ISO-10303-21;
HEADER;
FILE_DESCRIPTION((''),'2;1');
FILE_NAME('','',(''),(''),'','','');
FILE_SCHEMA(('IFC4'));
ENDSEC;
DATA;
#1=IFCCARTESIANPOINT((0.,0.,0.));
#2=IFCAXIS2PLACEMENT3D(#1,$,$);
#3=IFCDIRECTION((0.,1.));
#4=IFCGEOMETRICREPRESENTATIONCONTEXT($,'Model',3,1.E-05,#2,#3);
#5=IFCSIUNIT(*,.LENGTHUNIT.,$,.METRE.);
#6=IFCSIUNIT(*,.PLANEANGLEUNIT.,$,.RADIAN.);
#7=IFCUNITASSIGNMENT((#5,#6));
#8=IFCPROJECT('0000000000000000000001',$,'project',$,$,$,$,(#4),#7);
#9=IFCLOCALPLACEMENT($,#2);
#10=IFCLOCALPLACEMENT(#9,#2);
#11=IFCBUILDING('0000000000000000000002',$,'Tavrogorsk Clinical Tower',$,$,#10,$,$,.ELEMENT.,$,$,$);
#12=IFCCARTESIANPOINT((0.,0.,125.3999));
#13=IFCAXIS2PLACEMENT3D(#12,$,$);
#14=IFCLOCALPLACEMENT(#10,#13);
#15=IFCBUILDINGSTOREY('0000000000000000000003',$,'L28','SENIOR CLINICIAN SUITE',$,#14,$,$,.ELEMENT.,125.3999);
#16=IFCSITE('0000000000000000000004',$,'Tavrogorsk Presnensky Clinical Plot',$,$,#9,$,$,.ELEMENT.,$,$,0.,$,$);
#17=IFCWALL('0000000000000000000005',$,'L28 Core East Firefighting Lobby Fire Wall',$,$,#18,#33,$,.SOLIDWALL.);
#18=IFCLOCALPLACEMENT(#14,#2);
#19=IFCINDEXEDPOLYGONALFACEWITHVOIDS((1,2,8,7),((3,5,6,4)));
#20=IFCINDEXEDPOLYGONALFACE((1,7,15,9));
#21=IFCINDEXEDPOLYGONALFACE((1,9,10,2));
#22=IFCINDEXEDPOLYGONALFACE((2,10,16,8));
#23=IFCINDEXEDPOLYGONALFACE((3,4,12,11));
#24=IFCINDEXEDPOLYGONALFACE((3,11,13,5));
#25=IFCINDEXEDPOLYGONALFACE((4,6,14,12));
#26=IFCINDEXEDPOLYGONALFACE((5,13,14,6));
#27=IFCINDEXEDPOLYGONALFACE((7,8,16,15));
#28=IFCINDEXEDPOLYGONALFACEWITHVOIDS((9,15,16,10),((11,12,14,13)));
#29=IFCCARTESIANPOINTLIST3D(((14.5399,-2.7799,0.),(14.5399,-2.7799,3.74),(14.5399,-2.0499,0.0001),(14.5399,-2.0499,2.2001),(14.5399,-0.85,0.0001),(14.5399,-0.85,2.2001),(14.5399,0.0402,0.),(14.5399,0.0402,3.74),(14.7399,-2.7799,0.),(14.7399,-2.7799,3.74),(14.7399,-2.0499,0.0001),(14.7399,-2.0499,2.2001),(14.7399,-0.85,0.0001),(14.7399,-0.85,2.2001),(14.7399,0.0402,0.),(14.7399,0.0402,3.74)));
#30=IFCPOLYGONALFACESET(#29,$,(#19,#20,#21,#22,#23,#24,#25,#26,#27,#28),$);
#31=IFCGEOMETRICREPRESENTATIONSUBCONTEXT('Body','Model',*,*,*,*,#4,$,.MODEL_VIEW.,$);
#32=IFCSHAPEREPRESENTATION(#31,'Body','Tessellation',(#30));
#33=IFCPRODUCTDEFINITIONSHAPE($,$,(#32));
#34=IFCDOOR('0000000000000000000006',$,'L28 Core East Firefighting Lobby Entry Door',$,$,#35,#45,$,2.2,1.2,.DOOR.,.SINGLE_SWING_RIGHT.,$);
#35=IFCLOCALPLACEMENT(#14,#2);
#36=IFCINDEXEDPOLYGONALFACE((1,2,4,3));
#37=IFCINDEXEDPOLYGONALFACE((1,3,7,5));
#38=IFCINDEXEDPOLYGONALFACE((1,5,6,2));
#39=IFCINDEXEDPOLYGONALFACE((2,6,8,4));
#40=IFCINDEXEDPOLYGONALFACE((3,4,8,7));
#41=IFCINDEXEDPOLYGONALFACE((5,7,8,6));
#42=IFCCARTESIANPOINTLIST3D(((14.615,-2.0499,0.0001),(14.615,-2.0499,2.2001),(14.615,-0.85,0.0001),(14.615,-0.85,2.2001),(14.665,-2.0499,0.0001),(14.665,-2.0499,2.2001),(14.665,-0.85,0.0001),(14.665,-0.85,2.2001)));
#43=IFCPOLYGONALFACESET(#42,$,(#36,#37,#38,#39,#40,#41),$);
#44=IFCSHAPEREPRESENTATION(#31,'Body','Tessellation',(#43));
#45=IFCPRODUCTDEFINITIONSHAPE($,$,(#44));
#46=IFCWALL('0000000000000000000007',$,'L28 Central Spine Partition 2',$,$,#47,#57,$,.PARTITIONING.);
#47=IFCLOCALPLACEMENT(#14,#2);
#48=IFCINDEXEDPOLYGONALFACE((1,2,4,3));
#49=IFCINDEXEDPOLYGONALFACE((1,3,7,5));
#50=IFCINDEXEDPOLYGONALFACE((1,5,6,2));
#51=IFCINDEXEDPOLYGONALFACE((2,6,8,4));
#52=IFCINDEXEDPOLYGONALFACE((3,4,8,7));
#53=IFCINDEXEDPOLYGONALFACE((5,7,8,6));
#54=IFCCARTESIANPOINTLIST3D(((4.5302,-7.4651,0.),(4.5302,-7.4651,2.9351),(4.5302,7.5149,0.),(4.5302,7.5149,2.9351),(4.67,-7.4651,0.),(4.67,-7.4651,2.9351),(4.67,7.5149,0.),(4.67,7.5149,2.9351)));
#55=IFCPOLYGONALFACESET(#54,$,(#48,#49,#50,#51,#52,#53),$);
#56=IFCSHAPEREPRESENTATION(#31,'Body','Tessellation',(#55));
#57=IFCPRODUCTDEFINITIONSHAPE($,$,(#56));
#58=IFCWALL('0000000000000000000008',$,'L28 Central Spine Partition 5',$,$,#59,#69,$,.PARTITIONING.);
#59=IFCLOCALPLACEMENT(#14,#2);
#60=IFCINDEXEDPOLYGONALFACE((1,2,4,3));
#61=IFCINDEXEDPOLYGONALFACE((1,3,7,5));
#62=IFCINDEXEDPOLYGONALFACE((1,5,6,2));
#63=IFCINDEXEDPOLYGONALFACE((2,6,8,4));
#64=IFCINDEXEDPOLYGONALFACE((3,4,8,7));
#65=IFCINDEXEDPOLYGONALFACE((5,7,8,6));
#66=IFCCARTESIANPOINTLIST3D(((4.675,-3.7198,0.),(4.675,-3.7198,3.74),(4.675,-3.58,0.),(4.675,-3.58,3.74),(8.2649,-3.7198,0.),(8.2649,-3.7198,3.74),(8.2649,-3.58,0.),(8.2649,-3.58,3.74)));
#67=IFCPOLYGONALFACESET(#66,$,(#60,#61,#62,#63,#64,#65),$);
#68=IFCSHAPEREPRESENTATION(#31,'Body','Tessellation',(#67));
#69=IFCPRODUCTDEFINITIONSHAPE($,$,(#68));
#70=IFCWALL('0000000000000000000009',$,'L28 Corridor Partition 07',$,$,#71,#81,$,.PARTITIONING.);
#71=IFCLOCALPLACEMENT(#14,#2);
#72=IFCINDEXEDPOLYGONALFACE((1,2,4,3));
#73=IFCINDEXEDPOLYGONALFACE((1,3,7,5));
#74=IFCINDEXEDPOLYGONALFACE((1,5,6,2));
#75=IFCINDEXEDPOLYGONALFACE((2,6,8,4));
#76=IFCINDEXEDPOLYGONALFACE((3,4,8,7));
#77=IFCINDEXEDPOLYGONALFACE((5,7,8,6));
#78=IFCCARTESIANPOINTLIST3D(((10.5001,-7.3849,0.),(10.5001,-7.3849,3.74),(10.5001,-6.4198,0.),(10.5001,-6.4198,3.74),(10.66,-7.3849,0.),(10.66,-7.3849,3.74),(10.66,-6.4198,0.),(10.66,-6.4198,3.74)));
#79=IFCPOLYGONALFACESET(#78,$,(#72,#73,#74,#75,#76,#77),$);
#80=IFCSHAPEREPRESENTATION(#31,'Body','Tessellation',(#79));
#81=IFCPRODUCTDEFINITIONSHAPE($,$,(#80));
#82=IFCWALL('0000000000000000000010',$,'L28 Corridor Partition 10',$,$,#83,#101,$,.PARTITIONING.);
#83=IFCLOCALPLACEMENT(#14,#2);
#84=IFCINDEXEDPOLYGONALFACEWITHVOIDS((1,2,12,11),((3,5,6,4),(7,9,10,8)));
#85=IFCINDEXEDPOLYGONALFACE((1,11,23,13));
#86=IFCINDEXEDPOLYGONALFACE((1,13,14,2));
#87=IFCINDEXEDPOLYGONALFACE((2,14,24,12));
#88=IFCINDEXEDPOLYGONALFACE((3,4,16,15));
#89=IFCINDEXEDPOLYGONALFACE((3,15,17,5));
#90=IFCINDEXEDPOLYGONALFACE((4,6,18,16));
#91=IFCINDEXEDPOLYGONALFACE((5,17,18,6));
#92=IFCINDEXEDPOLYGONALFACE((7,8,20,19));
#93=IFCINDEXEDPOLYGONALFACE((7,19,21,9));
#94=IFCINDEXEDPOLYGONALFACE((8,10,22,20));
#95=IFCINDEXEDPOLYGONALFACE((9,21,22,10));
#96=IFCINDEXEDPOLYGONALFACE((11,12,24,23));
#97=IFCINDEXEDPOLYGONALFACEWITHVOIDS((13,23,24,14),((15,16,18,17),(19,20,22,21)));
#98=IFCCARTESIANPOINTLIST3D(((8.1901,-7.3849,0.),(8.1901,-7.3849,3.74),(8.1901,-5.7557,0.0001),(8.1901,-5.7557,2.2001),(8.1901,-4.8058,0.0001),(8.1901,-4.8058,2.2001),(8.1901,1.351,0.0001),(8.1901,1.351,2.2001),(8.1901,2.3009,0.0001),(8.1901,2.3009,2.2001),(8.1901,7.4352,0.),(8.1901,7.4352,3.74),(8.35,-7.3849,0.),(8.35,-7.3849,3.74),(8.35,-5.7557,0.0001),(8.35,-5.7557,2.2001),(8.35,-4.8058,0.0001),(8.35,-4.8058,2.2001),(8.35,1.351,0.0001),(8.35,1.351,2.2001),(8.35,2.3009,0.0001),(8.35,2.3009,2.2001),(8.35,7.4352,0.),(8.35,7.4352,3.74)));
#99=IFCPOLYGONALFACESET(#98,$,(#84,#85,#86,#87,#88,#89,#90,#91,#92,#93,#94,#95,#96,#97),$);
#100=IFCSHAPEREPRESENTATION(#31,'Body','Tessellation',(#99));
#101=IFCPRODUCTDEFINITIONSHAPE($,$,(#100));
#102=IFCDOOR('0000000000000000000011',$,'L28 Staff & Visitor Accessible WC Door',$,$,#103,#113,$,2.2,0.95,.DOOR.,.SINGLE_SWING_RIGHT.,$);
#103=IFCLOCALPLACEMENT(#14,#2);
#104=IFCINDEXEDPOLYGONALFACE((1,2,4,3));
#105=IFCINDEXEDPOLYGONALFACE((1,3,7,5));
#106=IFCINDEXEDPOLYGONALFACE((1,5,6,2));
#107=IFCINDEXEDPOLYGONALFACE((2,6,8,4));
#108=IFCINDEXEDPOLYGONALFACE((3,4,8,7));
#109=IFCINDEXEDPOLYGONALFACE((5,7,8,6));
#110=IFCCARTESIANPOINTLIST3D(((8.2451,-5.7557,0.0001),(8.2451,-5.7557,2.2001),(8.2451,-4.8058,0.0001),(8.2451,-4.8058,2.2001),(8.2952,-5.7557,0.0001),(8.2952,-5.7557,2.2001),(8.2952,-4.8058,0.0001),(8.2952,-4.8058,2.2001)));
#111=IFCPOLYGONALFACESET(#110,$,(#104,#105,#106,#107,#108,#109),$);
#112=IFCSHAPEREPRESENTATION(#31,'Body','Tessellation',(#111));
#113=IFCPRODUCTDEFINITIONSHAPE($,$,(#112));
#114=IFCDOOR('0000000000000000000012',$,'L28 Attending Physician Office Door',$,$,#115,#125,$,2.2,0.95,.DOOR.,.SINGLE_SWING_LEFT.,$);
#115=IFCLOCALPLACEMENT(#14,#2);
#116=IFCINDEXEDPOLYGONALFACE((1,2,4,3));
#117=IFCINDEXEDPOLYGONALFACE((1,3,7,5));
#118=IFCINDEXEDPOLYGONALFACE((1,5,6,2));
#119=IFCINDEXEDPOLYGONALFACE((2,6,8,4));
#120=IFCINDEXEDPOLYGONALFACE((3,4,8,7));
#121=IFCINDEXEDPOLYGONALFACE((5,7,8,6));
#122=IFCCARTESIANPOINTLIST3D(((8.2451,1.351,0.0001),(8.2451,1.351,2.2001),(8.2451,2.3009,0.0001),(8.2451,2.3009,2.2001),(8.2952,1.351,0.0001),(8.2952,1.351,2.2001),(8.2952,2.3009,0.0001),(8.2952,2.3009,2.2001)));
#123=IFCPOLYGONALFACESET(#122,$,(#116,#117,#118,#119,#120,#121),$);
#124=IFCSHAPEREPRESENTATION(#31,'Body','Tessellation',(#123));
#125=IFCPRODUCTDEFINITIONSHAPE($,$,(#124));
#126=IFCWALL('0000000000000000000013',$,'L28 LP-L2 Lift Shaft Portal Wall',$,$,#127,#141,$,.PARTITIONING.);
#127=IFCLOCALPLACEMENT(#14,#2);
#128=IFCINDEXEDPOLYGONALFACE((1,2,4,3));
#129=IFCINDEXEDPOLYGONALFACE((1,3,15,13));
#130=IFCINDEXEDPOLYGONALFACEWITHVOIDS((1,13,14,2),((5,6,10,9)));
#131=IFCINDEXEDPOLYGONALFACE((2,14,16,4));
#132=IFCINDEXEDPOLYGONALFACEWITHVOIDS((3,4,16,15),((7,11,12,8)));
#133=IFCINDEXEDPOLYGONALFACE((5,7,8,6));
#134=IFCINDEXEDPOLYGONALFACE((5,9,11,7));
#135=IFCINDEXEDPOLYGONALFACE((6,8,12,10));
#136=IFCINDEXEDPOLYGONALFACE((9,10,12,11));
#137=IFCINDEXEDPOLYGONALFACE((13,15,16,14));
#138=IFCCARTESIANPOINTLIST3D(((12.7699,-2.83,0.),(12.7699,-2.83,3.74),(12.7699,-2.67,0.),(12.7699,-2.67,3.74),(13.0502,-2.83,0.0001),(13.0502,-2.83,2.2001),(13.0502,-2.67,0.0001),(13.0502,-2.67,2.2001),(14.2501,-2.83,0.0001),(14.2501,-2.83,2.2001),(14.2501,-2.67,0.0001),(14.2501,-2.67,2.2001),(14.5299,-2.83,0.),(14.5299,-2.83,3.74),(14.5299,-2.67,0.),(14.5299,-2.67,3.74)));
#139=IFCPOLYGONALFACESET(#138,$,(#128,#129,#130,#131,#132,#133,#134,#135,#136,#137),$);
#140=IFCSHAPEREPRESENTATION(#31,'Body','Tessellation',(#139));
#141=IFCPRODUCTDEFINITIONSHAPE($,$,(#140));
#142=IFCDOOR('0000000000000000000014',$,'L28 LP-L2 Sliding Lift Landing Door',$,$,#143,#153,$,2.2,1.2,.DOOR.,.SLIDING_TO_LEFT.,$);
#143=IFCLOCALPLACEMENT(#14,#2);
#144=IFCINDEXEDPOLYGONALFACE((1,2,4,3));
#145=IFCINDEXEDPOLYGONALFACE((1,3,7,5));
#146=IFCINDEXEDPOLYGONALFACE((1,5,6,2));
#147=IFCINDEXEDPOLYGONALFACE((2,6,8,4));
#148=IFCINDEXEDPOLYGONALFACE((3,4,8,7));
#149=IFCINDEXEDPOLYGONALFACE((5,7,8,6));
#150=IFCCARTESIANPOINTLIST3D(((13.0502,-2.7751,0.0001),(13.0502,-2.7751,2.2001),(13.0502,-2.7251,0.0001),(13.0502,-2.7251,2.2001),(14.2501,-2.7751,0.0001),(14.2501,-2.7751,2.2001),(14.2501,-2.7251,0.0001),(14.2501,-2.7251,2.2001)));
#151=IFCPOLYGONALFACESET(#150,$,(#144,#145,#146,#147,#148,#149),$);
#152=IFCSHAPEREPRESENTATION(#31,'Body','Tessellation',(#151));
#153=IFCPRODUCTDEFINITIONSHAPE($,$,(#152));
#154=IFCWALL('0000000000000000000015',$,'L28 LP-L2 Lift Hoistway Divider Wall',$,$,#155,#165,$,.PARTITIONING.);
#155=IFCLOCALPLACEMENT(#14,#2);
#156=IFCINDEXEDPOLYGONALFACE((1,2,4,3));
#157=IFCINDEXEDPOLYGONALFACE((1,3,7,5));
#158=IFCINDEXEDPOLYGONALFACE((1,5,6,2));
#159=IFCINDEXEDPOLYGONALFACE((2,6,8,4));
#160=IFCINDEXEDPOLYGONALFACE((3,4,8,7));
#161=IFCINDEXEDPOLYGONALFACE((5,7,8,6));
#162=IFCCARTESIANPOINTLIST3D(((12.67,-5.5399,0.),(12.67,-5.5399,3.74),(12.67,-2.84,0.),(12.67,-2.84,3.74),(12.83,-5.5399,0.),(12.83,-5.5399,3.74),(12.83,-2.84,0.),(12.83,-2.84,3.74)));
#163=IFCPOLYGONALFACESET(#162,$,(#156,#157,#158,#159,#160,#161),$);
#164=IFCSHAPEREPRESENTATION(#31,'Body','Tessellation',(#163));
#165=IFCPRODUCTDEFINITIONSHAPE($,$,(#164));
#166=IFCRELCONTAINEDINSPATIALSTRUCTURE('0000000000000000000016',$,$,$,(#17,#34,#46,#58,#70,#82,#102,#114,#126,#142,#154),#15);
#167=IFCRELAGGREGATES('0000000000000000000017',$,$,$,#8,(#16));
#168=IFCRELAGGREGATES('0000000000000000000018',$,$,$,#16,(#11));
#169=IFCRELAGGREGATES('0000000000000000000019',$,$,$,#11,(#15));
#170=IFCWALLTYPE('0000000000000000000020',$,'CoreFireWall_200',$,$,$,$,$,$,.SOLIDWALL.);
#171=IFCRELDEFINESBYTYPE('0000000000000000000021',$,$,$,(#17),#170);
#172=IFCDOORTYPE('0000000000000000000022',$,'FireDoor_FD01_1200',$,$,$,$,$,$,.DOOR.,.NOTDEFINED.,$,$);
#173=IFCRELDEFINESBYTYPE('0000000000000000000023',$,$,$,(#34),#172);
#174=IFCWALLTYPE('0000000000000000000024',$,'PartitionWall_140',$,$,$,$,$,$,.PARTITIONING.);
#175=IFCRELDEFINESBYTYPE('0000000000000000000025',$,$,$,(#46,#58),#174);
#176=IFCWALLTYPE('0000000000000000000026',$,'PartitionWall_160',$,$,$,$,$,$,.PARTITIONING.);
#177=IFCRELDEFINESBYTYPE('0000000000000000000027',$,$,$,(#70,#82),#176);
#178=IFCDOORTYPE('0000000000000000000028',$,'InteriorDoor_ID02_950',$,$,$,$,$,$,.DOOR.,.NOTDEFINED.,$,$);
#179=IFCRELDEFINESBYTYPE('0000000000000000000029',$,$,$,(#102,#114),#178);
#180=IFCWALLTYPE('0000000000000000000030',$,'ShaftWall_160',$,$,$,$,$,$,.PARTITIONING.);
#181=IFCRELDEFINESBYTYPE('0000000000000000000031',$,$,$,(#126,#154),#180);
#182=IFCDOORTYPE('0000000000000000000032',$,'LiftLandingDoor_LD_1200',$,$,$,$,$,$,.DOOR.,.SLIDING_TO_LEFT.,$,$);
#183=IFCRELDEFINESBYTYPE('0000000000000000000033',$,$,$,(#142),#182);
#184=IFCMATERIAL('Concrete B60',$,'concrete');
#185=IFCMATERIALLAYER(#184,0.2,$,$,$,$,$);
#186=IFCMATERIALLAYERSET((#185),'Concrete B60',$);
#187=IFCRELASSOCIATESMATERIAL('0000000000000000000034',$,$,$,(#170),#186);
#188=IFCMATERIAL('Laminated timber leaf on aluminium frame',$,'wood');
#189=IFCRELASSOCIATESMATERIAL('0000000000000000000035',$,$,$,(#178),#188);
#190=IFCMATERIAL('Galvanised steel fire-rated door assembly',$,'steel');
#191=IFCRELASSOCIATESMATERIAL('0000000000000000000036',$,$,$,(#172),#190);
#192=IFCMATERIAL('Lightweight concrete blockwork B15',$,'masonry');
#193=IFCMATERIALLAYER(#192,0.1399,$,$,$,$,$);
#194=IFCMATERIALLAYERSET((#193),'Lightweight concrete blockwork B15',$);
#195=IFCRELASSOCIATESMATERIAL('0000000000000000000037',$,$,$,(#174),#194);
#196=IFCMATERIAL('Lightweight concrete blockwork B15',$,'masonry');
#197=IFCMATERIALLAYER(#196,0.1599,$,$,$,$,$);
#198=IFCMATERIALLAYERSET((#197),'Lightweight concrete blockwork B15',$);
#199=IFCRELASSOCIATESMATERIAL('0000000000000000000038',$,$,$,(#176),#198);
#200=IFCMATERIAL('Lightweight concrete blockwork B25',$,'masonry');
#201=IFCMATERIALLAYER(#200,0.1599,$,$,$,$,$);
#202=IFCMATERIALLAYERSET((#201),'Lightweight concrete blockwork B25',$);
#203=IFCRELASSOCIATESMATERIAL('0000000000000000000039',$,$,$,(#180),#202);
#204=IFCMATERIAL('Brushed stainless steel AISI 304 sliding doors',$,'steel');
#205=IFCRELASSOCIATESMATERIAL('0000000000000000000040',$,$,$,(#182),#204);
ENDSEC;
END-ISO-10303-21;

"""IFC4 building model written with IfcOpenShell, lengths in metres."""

from ifc_helpers import new_model, si_unit, direction, frame, frame_2d, origin, place, context, subcontext, project, spatial, rectangle, extrude, material, layer, layer_set, type_object, element, fill, save


model = new_model("IFC4")

# Units and contexts
model_context = context("Model", 3, precision=1e-05, world=origin(), true_north=direction((0.0, 1.0)))
body_context = subcontext(model_context, "Body", "Model", "MODEL_VIEW")
ifc_project = project(units=[si_unit("LENGTHUNIT", "METRE"), si_unit("PLANEANGLEUNIT", "RADIAN")], contexts=[model_context])

# Site, building, storey
site_placement = place(None, origin())
site = spatial("IfcSite", under=ifc_project, at=site_placement, Name="Tavrogorsk Presnensky Clinical Plot", CompositionType="ELEMENT", RefElevation=0.0)
building_placement = place(site_placement, origin())
building = spatial("IfcBuilding", under=site, at=building_placement, Name="Tavrogorsk Clinical Tower", CompositionType="ELEMENT")
storey_placement = place(building_placement, frame((0.0, 0.0, 125.3999)))
storey = spatial("IfcBuildingStorey", under=building, at=storey_placement, Name="L28", Description="SENIOR CLINICIAN SUITE", CompositionType="ELEMENT", Elevation=125.3999)

# Wall, opening, door
ifc_material_1 = material(Name="Concrete B60", Category="concrete")
ifc_layer_1 = layer(ifc_material_1, 0.2)
ifc_layer_set_1 = layer_set([ifc_layer_1], Name="Concrete B60")
wall_type_1 = type_object("IfcWallType", Name="CoreFireWall_200", PredefinedType="SOLIDWALL", material=ifc_layer_set_1)
ifc_material_2 = material(Name="Laminated timber leaf on aluminium frame", Category="wood")
door_type_1 = type_object("IfcDoorType", Name="InteriorDoor_ID02_950", OperationType="NOTDEFINED", PredefinedType="DOOR", material=ifc_material_2)
wall_1_placement = place(storey_placement, frame((14.6399, -2.78, 0.0), z_axis=(0.0, 0.0, 1.0), x_axis=(0.0, 1.0, 0.0)))
wall_1 = element("IfcWall", 1, at=wall_1_placement, inside=storey, type_object=wall_type_1, Name="L28 Core East Firefighting Lobby Fire Wall", PredefinedType="SOLIDWALL", context=body_context, shape_type="SweptSolid", body=[
    extrude(rectangle(XDim=2.8201, YDim=0.2, at=frame_2d((1.4102, 0.0))), origin(), (0.0, 0.0, 1.0), 3.74),
])
opening_1_placement = place(wall_1_placement, frame((0.73, 0.0, 0.0)))
opening_1 = element("IfcOpeningElement", 2, at=opening_1_placement, cuts=wall_1, PredefinedType="OPENING", context=body_context, shape_type="SweptSolid", body=[
    extrude(rectangle(XDim=1.2, YDim=2.2, at=frame_2d((0.6001, 1.1001))), frame((0.0, 0.1099, 0.0), z_axis=(0.0, -1.0, 0.0), x_axis=(1.0, 0.0, 0.0)), (0.0, 0.0, 1.0), 0.22),
])
ifc_material_3 = material(Name="Galvanised steel fire-rated door assembly", Category="steel")
door_type_2 = type_object("IfcDoorType", Name="FireDoor_FD01_1200", OperationType="NOTDEFINED", PredefinedType="DOOR", material=ifc_material_3)
door_1_placement = place(opening_1_placement, origin())
door_1 = element("IfcDoor", 3, at=door_1_placement, inside=storey, type_object=door_type_2, Name="L28 Core East Firefighting Lobby Entry Door", OperationType="SINGLE_SWING_RIGHT", OverallHeight=2.2, OverallWidth=1.2, PredefinedType="DOOR", context=body_context, shape_type="SweptSolid", body=[
    extrude(rectangle(XDim=1.2, YDim=2.2, at=frame_2d((0.6001, 1.1001))), frame((0.0, 0.0249, 0.0), z_axis=(0.0, -1.0, 0.0), x_axis=(1.0, 0.0, 0.0)), (0.0, 0.0, 1.0), 0.05),
])
fill(opening_1, door_1)

# Walls
ifc_material_4 = material(Name="Lightweight concrete blockwork B15", Category="masonry")
ifc_layer_2 = layer(ifc_material_4, 0.1399)
ifc_layer_set_2 = layer_set([ifc_layer_2], Name="Lightweight concrete blockwork B15")
wall_type_2 = type_object("IfcWallType", Name="PartitionWall_140", PredefinedType="PARTITIONING", material=ifc_layer_set_2)
wall_2_placement = place(storey_placement, frame((4.6001, -7.4651, 0.0), z_axis=(0.0, 0.0, 1.0), x_axis=(0.0, 1.0, 0.0)))
element("IfcWall", 4, at=wall_2_placement, inside=storey, type_object=wall_type_2, Name="L28 Central Spine Partition 2", PredefinedType="PARTITIONING", context=body_context, shape_type="SweptSolid", body=[
    extrude(rectangle(XDim=14.98, YDim=0.1399, at=frame_2d((7.49, 0.0))), origin(), (0.0, 0.0, 1.0), 2.9351),
])
wall_3_placement = place(storey_placement, frame((4.675, -3.6499, 0.0), z_axis=(0.0, 0.0, 1.0), x_axis=(1.0, 0.0, 0.0)))
element("IfcWall", 5, at=wall_3_placement, inside=storey, type_object=wall_type_2, Name="L28 Central Spine Partition 5", PredefinedType="PARTITIONING", context=body_context, shape_type="SweptSolid", body=[
    extrude(rectangle(XDim=3.5898, YDim=0.1399, at=frame_2d((1.7949, 0.0))), origin(), (0.0, 0.0, 1.0), 3.74),
])
ifc_material_5 = material(Name="Lightweight concrete blockwork B15", Category="masonry")
ifc_layer_3 = layer(ifc_material_5, 0.1599)
ifc_layer_set_3 = layer_set([ifc_layer_3], Name="Lightweight concrete blockwork B15")
wall_type_3 = type_object("IfcWallType", Name="PartitionWall_160", PredefinedType="PARTITIONING", material=ifc_layer_set_3)
wall_4_placement = place(storey_placement, frame((10.5801, -6.4199, 0.0), z_axis=(0.0, 0.0, 1.0), x_axis=(0.0, -1.0, 0.0)))
element("IfcWall", 6, at=wall_4_placement, inside=storey, type_object=wall_type_3, Name="L28 Corridor Partition 07", PredefinedType="PARTITIONING", context=body_context, shape_type="SweptSolid", body=[
    extrude(rectangle(XDim=0.9651, YDim=0.1599, at=frame_2d((0.4824, 0.0))), origin(), (0.0, 0.0, 1.0), 3.74),
])

# Wall, openings, doors
wall_5_placement = place(storey_placement, frame((8.27, -7.385, 0.0), z_axis=(0.0, 0.0, 1.0), x_axis=(0.0, 1.0, 0.0)))
wall_5 = element("IfcWall", 7, at=wall_5_placement, inside=storey, type_object=wall_type_3, Name="L28 Corridor Partition 10", PredefinedType="PARTITIONING", context=body_context, shape_type="SweptSolid", body=[
    extrude(rectangle(XDim=14.8201, YDim=0.1599, at=frame_2d((7.4102, 0.0))), origin(), (0.0, 0.0, 1.0), 3.74),
])
opening_2_placement = place(wall_5_placement, frame((1.6292, 0.0, 0.0)))
opening_2 = element("IfcOpeningElement", 8, at=opening_2_placement, cuts=wall_5, PredefinedType="OPENING", context=body_context, shape_type="SweptSolid", body=[
    extrude(rectangle(XDim=0.95, YDim=2.2, at=frame_2d((0.4751, 1.1001))), frame((0.0, 0.0898, 0.0), z_axis=(0.0, -1.0, 0.0), x_axis=(1.0, 0.0, 0.0)), (0.0, 0.0, 1.0), 0.1799),
])
opening_3_placement = place(wall_5_placement, frame((8.7358, 0.0, 0.0)))
opening_3 = element("IfcOpeningElement", 9, at=opening_3_placement, cuts=wall_5, PredefinedType="OPENING", context=body_context, shape_type="SweptSolid", body=[
    extrude(rectangle(XDim=0.95, YDim=2.2, at=frame_2d((0.4751, 1.1001))), frame((0.0, 0.0898, 0.0), z_axis=(0.0, -1.0, 0.0), x_axis=(1.0, 0.0, 0.0)), (0.0, 0.0, 1.0), 0.1799),
])
door_2_placement = place(opening_2_placement, origin())
door_2 = element("IfcDoor", 10, at=door_2_placement, inside=storey, type_object=door_type_1, Name="L28 Staff & Visitor Accessible WC Door", OperationType="SINGLE_SWING_RIGHT", OverallHeight=2.2, OverallWidth=0.95, PredefinedType="DOOR", context=body_context, shape_type="SweptSolid", body=[
    extrude(rectangle(XDim=0.95, YDim=2.2, at=frame_2d((0.4751, 1.1001))), frame((0.0, 0.0249, 0.0), z_axis=(0.0, -1.0, 0.0), x_axis=(1.0, 0.0, 0.0)), (0.0, 0.0, 1.0), 0.05),
])
fill(opening_2, door_2)
door_3_placement = place(opening_3_placement, origin())
door_3 = element("IfcDoor", 11, at=door_3_placement, inside=storey, type_object=door_type_1, Name="L28 Attending Physician Office Door", OperationType="SINGLE_SWING_LEFT", OverallHeight=2.2, OverallWidth=0.95, PredefinedType="DOOR", context=body_context, shape_type="SweptSolid", body=[
    extrude(rectangle(XDim=0.95, YDim=2.2, at=frame_2d((0.4751, 1.1001))), frame((0.0, 0.0249, 0.0), z_axis=(0.0, -1.0, 0.0), x_axis=(1.0, 0.0, 0.0)), (0.0, 0.0, 1.0), 0.05),
])
fill(opening_3, door_3)

# Wall, opening, door
ifc_material_6 = material(Name="Lightweight concrete blockwork B25", Category="masonry")
ifc_layer_4 = layer(ifc_material_6, 0.1599)
ifc_layer_set_4 = layer_set([ifc_layer_4], Name="Lightweight concrete blockwork B25")
wall_type_4 = type_object("IfcWallType", Name="ShaftWall_160", PredefinedType="PARTITIONING", material=ifc_layer_set_4)
wall_6_placement = place(storey_placement, frame((12.77, -2.75, 0.0), z_axis=(0.0, 0.0, 1.0), x_axis=(1.0, 0.0, 0.0)))
wall_6 = element("IfcWall", 12, at=wall_6_placement, inside=storey, type_object=wall_type_4, Name="L28 LP-L2 Lift Shaft Portal Wall", PredefinedType="PARTITIONING", context=body_context, shape_type="SweptSolid", body=[
    extrude(rectangle(XDim=1.76, YDim=0.1599, at=frame_2d((0.8799, 0.0))), origin(), (0.0, 0.0, 1.0), 3.74),
])
opening_4_placement = place(wall_6_placement, frame((0.28, 0.0, 0.0)))
opening_4 = element("IfcOpeningElement", 13, at=opening_4_placement, cuts=wall_6, PredefinedType="OPENING", context=body_context, shape_type="SweptSolid", body=[
    extrude(rectangle(XDim=1.2, YDim=2.2, at=frame_2d((0.6001, 1.1001))), frame((0.0, 0.0898, 0.0), z_axis=(0.0, -1.0, 0.0), x_axis=(1.0, 0.0, 0.0)), (0.0, 0.0, 1.0), 0.1799),
])
ifc_material_7 = material(Name="Brushed stainless steel AISI 304 sliding doors", Category="steel")
door_type_3 = type_object("IfcDoorType", Name="LiftLandingDoor_LD_1200", OperationType="SLIDING_TO_LEFT", PredefinedType="DOOR", material=ifc_material_7)
door_4_placement = place(opening_4_placement, origin())
door_4 = element("IfcDoor", 14, at=door_4_placement, inside=storey, type_object=door_type_3, Name="L28 LP-L2 Sliding Lift Landing Door", OperationType="SLIDING_TO_LEFT", OverallHeight=2.2, OverallWidth=1.2, PredefinedType="DOOR", context=body_context, shape_type="SweptSolid", body=[
    extrude(rectangle(XDim=1.2, YDim=2.2, at=frame_2d((0.6001, 1.1001))), frame((0.0, 0.0249, 0.0), z_axis=(0.0, -1.0, 0.0), x_axis=(1.0, 0.0, 0.0)), (0.0, 0.0, 1.0), 0.05),
])
fill(opening_4, door_4)

# Wall
for number, where, z_axis, x_axis, name in (
    (15, (12.75, -5.54, 0.0), (0.0, 0.0, 1.0), (0.0, 1.0, 0.0), "L28 LP-L2 Lift Hoistway Divider Wall"),
):
    element("IfcWall", number, at=place(storey_placement, frame(where, z_axis=z_axis, x_axis=x_axis)), inside=storey, type_object=wall_type_4, Name=name, PredefinedType="PARTITIONING", context=body_context, shape_type="SweptSolid", body=[
        extrude(rectangle(XDim=2.7, YDim=0.1599, at=frame_2d((1.3501, 0.0))), origin(), (0.0, 0.0, 1.0), 3.74),
    ])

save(model, "model.ifc")
